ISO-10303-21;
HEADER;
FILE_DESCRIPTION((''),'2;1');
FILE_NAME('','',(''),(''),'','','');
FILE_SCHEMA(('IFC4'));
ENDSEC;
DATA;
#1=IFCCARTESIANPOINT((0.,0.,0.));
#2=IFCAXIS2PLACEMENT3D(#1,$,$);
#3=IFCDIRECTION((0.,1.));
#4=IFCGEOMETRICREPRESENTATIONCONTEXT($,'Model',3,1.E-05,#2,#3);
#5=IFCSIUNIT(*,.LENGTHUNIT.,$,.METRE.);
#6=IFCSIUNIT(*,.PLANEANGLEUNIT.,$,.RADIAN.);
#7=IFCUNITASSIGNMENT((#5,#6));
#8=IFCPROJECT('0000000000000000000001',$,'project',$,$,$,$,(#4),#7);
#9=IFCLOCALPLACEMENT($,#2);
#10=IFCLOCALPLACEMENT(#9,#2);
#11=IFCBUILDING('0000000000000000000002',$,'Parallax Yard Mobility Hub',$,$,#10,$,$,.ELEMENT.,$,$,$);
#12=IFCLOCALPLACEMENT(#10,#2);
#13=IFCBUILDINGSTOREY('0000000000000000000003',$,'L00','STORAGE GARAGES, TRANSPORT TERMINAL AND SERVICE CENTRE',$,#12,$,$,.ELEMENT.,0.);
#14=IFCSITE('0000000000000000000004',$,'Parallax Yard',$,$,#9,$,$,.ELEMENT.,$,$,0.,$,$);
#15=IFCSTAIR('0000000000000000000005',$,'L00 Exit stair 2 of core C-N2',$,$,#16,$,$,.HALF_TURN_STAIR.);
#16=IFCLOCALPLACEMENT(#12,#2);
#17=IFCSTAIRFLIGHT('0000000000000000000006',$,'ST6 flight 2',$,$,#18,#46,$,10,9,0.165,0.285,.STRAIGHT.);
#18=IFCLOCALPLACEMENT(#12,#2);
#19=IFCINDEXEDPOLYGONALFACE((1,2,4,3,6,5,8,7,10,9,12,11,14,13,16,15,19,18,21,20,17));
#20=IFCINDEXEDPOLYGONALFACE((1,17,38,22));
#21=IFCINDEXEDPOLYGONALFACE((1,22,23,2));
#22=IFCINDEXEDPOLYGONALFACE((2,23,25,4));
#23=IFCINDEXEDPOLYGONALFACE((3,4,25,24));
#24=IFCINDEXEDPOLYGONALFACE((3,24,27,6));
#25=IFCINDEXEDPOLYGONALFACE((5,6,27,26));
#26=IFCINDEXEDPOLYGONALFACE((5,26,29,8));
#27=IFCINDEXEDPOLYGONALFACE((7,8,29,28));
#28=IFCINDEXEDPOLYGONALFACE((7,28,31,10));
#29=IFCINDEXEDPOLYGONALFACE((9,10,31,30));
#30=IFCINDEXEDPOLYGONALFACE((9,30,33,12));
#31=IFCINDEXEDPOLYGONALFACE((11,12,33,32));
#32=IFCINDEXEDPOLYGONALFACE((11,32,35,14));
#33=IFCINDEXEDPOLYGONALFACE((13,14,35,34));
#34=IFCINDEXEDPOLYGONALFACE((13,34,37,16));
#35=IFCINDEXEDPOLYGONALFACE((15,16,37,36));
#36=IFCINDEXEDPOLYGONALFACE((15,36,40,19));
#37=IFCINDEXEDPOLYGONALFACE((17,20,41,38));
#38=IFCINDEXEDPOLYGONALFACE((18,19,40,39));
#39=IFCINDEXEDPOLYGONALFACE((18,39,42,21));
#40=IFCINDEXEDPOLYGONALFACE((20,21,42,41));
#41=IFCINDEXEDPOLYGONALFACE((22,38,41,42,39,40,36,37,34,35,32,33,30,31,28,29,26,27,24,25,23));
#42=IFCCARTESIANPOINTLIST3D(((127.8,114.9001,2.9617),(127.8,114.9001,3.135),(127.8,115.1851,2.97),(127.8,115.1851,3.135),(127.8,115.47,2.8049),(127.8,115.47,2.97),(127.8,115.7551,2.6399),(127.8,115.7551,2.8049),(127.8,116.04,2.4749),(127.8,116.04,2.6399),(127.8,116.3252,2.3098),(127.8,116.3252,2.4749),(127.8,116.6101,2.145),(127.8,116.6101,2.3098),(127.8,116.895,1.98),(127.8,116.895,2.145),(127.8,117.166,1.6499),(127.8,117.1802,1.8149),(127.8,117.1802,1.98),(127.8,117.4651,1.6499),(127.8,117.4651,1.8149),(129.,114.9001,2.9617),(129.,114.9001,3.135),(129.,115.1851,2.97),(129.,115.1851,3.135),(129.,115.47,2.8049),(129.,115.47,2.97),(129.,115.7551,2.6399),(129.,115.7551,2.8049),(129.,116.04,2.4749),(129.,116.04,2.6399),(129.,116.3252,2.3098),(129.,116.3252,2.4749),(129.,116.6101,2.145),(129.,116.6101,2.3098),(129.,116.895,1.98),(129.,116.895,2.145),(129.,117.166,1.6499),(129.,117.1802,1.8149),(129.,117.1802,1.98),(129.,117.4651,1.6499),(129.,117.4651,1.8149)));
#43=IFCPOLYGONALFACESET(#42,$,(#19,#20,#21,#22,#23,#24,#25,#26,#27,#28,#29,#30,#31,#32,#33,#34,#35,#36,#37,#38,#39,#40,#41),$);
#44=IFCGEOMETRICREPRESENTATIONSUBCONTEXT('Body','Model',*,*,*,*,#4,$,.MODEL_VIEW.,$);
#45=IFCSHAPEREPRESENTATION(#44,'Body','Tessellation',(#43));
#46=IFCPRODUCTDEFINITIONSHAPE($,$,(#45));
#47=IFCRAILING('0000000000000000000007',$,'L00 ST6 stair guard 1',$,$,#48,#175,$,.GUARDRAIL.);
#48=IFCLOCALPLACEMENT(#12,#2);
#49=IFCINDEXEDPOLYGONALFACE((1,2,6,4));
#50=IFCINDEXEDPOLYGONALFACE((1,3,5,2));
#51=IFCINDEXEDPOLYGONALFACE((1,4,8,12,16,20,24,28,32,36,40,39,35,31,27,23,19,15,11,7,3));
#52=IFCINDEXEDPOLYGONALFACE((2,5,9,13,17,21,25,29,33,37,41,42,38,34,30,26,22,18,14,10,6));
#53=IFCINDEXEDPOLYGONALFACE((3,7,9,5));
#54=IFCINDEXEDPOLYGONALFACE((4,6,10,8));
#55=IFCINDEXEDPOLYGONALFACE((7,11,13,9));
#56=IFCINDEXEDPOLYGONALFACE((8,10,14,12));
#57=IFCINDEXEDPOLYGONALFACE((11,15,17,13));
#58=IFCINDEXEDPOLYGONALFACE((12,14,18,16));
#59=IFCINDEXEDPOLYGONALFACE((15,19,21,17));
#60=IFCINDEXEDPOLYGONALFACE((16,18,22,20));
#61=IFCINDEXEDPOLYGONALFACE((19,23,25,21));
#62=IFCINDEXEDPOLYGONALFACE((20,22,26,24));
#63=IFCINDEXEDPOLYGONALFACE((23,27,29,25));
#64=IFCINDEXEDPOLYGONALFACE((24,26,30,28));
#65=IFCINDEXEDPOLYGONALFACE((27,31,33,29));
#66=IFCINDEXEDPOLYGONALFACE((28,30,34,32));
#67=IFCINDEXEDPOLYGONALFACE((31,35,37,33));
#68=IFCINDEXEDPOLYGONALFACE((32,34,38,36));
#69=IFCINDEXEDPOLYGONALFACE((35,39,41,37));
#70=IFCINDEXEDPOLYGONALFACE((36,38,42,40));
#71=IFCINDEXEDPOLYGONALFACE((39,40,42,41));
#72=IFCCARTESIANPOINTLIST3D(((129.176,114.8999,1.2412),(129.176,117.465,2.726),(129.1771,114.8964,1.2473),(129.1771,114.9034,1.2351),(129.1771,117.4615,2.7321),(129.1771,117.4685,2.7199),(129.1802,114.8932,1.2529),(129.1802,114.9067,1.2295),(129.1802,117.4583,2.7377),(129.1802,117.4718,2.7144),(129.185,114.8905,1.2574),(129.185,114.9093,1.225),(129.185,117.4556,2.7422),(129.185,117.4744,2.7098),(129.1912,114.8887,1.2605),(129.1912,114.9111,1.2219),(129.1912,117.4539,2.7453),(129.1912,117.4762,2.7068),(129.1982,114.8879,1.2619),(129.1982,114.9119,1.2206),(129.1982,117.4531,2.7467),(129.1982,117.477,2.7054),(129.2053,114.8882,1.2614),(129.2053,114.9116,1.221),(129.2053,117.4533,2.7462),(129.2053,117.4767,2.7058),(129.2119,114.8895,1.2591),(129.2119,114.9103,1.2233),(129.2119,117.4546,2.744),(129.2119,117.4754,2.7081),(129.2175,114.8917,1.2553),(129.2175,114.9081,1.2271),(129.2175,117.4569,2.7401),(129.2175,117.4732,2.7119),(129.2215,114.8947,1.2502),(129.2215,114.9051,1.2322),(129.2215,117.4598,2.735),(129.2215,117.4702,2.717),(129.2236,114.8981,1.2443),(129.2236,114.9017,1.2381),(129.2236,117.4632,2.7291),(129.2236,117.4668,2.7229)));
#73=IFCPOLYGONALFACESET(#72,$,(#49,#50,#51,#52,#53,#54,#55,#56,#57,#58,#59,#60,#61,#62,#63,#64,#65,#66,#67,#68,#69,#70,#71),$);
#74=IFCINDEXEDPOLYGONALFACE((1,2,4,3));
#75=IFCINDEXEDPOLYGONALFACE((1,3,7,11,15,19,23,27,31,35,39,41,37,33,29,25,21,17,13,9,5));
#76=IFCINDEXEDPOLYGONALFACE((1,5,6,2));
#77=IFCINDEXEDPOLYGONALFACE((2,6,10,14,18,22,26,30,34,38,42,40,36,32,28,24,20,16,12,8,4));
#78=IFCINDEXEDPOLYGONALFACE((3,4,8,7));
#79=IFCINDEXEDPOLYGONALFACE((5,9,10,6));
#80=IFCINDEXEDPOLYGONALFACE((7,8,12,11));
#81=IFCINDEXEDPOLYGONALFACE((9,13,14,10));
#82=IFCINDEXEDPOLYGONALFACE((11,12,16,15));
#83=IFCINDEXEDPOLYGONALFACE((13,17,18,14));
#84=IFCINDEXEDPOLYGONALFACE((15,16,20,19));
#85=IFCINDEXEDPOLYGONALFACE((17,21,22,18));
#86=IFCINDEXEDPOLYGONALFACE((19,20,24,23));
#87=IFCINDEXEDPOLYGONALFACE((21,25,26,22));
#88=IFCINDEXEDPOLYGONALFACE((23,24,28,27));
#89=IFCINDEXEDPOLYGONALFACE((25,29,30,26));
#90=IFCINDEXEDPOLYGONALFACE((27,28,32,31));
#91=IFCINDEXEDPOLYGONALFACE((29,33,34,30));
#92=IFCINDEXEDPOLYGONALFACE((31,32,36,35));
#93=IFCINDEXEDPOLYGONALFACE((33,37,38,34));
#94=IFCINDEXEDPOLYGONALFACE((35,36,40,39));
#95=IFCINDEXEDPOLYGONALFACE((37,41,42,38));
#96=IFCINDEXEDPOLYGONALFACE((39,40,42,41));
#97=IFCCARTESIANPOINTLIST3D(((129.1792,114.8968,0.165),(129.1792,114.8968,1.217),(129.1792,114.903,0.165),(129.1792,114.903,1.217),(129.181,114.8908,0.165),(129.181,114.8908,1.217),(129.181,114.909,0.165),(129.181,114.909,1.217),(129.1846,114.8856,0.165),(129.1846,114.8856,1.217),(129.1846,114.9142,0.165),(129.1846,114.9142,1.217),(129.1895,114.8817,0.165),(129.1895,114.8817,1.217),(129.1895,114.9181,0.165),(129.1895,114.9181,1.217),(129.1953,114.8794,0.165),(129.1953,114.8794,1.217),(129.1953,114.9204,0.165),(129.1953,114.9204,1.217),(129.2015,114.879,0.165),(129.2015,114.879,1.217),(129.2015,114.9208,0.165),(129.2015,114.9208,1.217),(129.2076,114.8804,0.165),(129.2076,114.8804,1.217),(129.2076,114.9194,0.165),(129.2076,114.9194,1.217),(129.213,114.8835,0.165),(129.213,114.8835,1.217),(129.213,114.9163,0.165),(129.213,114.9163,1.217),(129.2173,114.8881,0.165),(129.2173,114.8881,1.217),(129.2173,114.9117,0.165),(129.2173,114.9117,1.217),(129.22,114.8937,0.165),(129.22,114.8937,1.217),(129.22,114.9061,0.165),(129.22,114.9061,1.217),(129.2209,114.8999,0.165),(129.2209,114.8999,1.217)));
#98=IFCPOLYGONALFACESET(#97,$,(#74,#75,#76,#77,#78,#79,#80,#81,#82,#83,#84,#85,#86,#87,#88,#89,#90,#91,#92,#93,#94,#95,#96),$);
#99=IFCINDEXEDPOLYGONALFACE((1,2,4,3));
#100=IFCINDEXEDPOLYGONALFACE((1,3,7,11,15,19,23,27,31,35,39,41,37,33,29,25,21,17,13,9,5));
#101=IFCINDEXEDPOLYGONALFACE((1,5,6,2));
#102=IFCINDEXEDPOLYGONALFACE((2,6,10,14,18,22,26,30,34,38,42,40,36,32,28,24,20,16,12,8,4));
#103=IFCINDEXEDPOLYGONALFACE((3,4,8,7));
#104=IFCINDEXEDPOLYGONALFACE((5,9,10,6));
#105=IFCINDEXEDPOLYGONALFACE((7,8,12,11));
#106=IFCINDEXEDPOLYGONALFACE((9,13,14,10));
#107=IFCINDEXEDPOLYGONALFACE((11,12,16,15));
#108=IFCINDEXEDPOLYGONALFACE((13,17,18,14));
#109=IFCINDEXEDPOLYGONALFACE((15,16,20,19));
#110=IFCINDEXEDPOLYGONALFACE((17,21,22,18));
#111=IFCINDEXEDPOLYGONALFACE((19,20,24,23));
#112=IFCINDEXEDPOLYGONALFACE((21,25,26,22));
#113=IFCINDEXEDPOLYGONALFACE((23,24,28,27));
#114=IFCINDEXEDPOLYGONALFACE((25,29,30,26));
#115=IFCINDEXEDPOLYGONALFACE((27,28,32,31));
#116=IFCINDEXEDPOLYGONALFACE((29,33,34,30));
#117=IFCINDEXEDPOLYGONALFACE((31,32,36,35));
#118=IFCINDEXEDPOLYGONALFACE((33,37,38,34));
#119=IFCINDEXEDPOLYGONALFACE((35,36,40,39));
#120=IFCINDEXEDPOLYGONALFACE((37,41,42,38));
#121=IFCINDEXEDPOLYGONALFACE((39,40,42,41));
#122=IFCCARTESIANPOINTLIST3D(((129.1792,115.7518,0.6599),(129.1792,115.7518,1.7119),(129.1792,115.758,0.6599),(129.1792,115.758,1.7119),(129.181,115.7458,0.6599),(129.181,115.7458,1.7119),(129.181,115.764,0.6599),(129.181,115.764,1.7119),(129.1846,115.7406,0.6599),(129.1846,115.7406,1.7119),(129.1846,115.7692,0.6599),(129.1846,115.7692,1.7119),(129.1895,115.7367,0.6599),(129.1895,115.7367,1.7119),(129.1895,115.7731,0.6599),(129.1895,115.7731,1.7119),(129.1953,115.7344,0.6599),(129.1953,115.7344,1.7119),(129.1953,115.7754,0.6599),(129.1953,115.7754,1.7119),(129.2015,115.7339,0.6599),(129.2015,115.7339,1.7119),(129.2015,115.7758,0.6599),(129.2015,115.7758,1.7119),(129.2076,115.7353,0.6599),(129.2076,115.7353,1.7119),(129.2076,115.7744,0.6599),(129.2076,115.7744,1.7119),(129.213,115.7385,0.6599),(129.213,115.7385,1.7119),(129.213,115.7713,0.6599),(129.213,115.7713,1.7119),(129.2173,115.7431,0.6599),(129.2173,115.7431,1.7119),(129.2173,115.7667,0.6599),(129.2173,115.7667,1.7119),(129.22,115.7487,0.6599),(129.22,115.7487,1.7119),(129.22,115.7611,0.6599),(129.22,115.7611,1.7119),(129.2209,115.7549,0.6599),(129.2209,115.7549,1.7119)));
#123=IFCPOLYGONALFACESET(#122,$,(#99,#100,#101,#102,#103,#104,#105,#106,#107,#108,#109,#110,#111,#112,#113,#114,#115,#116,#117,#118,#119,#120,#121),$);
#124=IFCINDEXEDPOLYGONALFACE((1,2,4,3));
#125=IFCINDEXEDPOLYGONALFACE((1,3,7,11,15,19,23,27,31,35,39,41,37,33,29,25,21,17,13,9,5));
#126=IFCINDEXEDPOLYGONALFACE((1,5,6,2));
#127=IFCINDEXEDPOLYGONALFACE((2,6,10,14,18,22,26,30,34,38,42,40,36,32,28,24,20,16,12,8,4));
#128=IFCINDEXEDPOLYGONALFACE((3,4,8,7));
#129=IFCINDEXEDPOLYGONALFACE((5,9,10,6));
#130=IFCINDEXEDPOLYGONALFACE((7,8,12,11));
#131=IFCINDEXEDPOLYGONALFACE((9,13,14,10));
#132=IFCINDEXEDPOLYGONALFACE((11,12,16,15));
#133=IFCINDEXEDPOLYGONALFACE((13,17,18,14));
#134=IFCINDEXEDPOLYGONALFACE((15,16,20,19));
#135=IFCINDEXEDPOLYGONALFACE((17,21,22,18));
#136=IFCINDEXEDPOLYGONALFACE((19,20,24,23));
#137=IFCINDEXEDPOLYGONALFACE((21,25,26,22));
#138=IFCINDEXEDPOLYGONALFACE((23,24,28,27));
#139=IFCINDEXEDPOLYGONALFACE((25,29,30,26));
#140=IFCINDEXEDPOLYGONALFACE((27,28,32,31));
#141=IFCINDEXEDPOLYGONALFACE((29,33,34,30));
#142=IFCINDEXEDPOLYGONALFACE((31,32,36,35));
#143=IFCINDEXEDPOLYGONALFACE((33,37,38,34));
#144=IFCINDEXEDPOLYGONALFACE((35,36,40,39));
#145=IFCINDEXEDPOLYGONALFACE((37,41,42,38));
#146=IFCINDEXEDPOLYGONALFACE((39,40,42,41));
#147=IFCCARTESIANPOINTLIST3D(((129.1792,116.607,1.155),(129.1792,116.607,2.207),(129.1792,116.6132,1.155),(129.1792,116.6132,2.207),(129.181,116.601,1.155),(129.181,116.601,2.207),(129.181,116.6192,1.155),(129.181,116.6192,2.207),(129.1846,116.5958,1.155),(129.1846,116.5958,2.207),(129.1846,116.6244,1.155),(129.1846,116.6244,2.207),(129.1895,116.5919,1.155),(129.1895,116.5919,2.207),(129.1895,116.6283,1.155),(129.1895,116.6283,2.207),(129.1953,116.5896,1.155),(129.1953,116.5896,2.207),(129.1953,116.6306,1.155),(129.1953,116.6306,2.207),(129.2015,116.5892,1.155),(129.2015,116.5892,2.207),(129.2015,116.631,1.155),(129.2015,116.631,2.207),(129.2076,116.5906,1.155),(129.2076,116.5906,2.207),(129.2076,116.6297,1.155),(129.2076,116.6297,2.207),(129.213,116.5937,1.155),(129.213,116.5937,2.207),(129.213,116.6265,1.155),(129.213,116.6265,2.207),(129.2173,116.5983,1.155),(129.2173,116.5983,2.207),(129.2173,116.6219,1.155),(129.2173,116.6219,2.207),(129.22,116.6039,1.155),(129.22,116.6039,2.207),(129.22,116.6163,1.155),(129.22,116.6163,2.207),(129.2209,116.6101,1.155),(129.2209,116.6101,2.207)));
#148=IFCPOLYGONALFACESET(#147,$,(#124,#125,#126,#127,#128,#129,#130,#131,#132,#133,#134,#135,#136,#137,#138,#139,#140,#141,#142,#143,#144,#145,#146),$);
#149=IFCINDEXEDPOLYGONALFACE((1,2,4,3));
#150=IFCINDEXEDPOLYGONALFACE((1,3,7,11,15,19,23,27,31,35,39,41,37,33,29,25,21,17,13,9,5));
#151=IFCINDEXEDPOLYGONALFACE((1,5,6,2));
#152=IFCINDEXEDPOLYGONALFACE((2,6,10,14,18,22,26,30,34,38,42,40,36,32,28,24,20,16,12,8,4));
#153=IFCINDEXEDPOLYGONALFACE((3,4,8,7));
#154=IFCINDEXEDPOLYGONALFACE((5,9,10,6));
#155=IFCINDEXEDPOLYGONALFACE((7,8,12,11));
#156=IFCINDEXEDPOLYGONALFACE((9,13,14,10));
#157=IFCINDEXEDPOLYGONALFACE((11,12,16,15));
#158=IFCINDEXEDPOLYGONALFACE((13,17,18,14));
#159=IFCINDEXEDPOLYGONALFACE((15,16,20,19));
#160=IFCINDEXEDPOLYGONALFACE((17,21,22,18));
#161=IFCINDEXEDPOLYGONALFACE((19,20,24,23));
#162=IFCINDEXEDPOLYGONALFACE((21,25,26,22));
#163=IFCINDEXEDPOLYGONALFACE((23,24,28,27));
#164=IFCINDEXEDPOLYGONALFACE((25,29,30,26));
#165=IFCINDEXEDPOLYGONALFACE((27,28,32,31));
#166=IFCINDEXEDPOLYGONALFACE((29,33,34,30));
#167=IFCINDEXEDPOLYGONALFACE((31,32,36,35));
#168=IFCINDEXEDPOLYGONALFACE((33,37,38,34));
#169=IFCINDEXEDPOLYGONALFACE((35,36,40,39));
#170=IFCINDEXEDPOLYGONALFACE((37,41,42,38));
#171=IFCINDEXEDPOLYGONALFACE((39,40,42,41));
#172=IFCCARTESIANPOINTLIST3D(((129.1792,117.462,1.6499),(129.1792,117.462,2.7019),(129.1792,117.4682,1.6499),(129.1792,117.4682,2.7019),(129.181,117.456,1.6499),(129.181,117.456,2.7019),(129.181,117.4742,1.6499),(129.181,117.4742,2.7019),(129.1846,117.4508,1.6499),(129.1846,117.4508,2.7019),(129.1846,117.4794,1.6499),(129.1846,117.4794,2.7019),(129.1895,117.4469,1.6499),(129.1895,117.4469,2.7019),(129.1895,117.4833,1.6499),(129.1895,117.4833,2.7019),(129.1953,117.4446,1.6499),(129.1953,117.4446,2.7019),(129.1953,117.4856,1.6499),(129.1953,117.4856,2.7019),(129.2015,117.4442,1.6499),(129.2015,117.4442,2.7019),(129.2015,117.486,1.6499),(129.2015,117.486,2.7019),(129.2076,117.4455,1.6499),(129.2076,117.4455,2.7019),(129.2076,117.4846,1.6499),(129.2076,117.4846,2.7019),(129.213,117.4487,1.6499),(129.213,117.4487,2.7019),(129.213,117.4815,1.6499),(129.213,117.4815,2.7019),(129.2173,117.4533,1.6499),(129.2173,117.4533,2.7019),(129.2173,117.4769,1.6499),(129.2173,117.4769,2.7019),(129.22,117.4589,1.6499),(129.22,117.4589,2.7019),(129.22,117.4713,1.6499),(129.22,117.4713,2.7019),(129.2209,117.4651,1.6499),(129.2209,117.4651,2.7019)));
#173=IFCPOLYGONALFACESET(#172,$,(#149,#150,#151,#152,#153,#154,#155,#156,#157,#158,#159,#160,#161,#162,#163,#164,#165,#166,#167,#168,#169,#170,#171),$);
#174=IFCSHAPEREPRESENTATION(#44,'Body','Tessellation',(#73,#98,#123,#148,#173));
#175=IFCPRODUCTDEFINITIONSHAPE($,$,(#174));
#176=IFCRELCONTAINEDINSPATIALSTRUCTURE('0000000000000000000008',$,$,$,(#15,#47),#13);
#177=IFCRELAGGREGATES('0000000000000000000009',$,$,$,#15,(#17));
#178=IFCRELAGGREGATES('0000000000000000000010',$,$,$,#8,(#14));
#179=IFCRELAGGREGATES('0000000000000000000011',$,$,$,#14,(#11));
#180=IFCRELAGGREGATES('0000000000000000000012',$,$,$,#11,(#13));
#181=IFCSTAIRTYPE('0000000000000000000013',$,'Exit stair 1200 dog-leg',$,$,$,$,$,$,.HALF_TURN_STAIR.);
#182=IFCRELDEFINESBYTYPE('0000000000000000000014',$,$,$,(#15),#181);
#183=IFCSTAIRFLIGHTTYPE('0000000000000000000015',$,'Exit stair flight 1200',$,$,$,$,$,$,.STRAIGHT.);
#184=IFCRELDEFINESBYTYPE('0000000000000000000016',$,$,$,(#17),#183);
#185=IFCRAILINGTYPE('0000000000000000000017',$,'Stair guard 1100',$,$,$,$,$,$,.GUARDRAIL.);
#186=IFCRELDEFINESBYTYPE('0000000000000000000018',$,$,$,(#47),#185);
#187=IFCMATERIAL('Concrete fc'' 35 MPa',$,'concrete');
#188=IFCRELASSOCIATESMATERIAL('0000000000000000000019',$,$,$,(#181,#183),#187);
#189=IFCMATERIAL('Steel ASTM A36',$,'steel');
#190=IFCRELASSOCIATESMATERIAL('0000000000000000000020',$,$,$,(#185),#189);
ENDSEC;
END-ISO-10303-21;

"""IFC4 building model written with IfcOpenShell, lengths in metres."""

from ifc_helpers import new_model, si_unit, direction, frame, origin, origin_2d, place, context, subcontext, project, spatial, polyline, circle, outline, extrude, material, type_object, element, aggregate, save


model = new_model("IFC4")

# Units and contexts
model_context = context("Model", 3, precision=1e-05, world=origin(), true_north=direction((0.0, 1.0)))
body_context = subcontext(model_context, "Body", "Model", "MODEL_VIEW")
ifc_project = project(units=[si_unit("LENGTHUNIT", "METRE"), si_unit("PLANEANGLEUNIT", "RADIAN")], contexts=[model_context])

# Site, building, storey
site_placement = place(None, origin())
site = spatial("IfcSite", under=ifc_project, at=site_placement, Name="Parallax Yard", CompositionType="ELEMENT", RefElevation=0.0)
building_placement = place(site_placement, origin())
building = spatial("IfcBuilding", under=site, at=building_placement, Name="Parallax Yard Mobility Hub", CompositionType="ELEMENT")
storey_placement = place(building_placement, origin())
storey = spatial("IfcBuildingStorey", under=building, at=storey_placement, Name="L00", Description="STORAGE GARAGES, TRANSPORT TERMINAL AND SERVICE CENTRE", CompositionType="ELEMENT", Elevation=0.0)

# Shared definitions
ifc_material_1 = material(Name="Concrete fc' 35 MPa", Category="concrete")

# Stair, stair flight
stair_type = type_object("IfcStairType", Name="Exit stair 1200 dog-leg", PredefinedType="HALF_TURN_STAIR", material=ifc_material_1)
stair_placement = place(storey_placement, origin())
stair = element("IfcStair", 1, at=stair_placement, inside=storey, type_object=stair_type, Name="L00 Exit stair 2 of core C-N2", PredefinedType="HALF_TURN_STAIR")
stair_flight_type = type_object("IfcStairFlightType", Name="Exit stair flight 1200", PredefinedType="STRAIGHT", material=ifc_material_1)
stair_flight_1_placement = place(storey_placement, frame((128.3999, 117.4651, 1.6499), z_axis=(0.0, 0.0, 1.0), x_axis=(0.0, -1.0, 0.0)))
stair_flight_1 = element("IfcStairFlight", 2, at=stair_flight_1_placement, type_object=stair_flight_type, Name="ST6 flight 2", NumberOfRisers=10, NumberOfTreads=9, PredefinedType="STRAIGHT", RiserHeight=0.165, TreadLength=0.285, context=body_context, shape_type="SweptSolid", body=[
    extrude(outline(polyline([(0.0, 0.0), (0.0, 0.165), (0.2849, 0.165), (0.2849, 0.3301), (0.5701, 0.3301), (0.5701, 0.4951), (0.855, 0.4951), (0.855, 0.6599), (1.1399, 0.6599), (1.1399, 0.825), (1.425, 0.825), (1.425, 0.99), (1.71, 0.99), (1.71, 1.155), (1.9951, 1.155), (1.9951, 1.3201), (2.28, 1.3201), (2.28, 1.4851), (2.5649, 1.4851), (2.5649, 1.6499), (2.5649, 1.3118), (0.2991, 0.0), (0.0, 0.0)])), frame((0.0, 0.6001, 0.0), z_axis=(0.0, -1.0, 0.0), x_axis=(1.0, 0.0, 0.0)), (0.0, 0.0, 1.0), 1.2),
])
aggregate(stair, [stair_flight_1])

# Railing
ifc_material_2 = material(Name="Steel ASTM A36", Category="steel")
railing_type_1 = type_object("IfcRailingType", Name="Stair guard 1100", PredefinedType="GUARDRAIL", material=ifc_material_2)
railing_1_placement = place(storey_placement, frame((129.2, 114.8999, 0.165)))
element("IfcRailing", 3, at=railing_1_placement, inside=storey, type_object=railing_type_1, Name="L00 ST6 stair guard 1", PredefinedType="GUARDRAIL", context=body_context, shape_type="SweptSolid", body=[
    extrude(circle(Radius=0.0239, at=origin_2d()), frame((0.0, 0.0, 1.0762), z_axis=(0.0, 0.865462, 0.500975), x_axis=(-1.0, 0.0, 0.0)), (0.0, 0.0, 1.0), 2.9639),
    extrude(circle(Radius=0.021, at=origin_2d()), origin(), (0.0, 0.0, 1.0), 1.052),
    extrude(circle(Radius=0.021, at=origin_2d()), frame((0.0, 0.855, 0.4949)), (0.0, 0.0, 1.0), 1.052),
    extrude(circle(Radius=0.021, at=origin_2d()), frame((0.0, 1.7102, 0.99)), (0.0, 0.0, 1.0), 1.052),
    extrude(circle(Radius=0.021, at=origin_2d()), frame((0.0, 2.5652, 1.4849)), (0.0, 0.0, 1.0), 1.052),
])

save(model, "model.ifc")
